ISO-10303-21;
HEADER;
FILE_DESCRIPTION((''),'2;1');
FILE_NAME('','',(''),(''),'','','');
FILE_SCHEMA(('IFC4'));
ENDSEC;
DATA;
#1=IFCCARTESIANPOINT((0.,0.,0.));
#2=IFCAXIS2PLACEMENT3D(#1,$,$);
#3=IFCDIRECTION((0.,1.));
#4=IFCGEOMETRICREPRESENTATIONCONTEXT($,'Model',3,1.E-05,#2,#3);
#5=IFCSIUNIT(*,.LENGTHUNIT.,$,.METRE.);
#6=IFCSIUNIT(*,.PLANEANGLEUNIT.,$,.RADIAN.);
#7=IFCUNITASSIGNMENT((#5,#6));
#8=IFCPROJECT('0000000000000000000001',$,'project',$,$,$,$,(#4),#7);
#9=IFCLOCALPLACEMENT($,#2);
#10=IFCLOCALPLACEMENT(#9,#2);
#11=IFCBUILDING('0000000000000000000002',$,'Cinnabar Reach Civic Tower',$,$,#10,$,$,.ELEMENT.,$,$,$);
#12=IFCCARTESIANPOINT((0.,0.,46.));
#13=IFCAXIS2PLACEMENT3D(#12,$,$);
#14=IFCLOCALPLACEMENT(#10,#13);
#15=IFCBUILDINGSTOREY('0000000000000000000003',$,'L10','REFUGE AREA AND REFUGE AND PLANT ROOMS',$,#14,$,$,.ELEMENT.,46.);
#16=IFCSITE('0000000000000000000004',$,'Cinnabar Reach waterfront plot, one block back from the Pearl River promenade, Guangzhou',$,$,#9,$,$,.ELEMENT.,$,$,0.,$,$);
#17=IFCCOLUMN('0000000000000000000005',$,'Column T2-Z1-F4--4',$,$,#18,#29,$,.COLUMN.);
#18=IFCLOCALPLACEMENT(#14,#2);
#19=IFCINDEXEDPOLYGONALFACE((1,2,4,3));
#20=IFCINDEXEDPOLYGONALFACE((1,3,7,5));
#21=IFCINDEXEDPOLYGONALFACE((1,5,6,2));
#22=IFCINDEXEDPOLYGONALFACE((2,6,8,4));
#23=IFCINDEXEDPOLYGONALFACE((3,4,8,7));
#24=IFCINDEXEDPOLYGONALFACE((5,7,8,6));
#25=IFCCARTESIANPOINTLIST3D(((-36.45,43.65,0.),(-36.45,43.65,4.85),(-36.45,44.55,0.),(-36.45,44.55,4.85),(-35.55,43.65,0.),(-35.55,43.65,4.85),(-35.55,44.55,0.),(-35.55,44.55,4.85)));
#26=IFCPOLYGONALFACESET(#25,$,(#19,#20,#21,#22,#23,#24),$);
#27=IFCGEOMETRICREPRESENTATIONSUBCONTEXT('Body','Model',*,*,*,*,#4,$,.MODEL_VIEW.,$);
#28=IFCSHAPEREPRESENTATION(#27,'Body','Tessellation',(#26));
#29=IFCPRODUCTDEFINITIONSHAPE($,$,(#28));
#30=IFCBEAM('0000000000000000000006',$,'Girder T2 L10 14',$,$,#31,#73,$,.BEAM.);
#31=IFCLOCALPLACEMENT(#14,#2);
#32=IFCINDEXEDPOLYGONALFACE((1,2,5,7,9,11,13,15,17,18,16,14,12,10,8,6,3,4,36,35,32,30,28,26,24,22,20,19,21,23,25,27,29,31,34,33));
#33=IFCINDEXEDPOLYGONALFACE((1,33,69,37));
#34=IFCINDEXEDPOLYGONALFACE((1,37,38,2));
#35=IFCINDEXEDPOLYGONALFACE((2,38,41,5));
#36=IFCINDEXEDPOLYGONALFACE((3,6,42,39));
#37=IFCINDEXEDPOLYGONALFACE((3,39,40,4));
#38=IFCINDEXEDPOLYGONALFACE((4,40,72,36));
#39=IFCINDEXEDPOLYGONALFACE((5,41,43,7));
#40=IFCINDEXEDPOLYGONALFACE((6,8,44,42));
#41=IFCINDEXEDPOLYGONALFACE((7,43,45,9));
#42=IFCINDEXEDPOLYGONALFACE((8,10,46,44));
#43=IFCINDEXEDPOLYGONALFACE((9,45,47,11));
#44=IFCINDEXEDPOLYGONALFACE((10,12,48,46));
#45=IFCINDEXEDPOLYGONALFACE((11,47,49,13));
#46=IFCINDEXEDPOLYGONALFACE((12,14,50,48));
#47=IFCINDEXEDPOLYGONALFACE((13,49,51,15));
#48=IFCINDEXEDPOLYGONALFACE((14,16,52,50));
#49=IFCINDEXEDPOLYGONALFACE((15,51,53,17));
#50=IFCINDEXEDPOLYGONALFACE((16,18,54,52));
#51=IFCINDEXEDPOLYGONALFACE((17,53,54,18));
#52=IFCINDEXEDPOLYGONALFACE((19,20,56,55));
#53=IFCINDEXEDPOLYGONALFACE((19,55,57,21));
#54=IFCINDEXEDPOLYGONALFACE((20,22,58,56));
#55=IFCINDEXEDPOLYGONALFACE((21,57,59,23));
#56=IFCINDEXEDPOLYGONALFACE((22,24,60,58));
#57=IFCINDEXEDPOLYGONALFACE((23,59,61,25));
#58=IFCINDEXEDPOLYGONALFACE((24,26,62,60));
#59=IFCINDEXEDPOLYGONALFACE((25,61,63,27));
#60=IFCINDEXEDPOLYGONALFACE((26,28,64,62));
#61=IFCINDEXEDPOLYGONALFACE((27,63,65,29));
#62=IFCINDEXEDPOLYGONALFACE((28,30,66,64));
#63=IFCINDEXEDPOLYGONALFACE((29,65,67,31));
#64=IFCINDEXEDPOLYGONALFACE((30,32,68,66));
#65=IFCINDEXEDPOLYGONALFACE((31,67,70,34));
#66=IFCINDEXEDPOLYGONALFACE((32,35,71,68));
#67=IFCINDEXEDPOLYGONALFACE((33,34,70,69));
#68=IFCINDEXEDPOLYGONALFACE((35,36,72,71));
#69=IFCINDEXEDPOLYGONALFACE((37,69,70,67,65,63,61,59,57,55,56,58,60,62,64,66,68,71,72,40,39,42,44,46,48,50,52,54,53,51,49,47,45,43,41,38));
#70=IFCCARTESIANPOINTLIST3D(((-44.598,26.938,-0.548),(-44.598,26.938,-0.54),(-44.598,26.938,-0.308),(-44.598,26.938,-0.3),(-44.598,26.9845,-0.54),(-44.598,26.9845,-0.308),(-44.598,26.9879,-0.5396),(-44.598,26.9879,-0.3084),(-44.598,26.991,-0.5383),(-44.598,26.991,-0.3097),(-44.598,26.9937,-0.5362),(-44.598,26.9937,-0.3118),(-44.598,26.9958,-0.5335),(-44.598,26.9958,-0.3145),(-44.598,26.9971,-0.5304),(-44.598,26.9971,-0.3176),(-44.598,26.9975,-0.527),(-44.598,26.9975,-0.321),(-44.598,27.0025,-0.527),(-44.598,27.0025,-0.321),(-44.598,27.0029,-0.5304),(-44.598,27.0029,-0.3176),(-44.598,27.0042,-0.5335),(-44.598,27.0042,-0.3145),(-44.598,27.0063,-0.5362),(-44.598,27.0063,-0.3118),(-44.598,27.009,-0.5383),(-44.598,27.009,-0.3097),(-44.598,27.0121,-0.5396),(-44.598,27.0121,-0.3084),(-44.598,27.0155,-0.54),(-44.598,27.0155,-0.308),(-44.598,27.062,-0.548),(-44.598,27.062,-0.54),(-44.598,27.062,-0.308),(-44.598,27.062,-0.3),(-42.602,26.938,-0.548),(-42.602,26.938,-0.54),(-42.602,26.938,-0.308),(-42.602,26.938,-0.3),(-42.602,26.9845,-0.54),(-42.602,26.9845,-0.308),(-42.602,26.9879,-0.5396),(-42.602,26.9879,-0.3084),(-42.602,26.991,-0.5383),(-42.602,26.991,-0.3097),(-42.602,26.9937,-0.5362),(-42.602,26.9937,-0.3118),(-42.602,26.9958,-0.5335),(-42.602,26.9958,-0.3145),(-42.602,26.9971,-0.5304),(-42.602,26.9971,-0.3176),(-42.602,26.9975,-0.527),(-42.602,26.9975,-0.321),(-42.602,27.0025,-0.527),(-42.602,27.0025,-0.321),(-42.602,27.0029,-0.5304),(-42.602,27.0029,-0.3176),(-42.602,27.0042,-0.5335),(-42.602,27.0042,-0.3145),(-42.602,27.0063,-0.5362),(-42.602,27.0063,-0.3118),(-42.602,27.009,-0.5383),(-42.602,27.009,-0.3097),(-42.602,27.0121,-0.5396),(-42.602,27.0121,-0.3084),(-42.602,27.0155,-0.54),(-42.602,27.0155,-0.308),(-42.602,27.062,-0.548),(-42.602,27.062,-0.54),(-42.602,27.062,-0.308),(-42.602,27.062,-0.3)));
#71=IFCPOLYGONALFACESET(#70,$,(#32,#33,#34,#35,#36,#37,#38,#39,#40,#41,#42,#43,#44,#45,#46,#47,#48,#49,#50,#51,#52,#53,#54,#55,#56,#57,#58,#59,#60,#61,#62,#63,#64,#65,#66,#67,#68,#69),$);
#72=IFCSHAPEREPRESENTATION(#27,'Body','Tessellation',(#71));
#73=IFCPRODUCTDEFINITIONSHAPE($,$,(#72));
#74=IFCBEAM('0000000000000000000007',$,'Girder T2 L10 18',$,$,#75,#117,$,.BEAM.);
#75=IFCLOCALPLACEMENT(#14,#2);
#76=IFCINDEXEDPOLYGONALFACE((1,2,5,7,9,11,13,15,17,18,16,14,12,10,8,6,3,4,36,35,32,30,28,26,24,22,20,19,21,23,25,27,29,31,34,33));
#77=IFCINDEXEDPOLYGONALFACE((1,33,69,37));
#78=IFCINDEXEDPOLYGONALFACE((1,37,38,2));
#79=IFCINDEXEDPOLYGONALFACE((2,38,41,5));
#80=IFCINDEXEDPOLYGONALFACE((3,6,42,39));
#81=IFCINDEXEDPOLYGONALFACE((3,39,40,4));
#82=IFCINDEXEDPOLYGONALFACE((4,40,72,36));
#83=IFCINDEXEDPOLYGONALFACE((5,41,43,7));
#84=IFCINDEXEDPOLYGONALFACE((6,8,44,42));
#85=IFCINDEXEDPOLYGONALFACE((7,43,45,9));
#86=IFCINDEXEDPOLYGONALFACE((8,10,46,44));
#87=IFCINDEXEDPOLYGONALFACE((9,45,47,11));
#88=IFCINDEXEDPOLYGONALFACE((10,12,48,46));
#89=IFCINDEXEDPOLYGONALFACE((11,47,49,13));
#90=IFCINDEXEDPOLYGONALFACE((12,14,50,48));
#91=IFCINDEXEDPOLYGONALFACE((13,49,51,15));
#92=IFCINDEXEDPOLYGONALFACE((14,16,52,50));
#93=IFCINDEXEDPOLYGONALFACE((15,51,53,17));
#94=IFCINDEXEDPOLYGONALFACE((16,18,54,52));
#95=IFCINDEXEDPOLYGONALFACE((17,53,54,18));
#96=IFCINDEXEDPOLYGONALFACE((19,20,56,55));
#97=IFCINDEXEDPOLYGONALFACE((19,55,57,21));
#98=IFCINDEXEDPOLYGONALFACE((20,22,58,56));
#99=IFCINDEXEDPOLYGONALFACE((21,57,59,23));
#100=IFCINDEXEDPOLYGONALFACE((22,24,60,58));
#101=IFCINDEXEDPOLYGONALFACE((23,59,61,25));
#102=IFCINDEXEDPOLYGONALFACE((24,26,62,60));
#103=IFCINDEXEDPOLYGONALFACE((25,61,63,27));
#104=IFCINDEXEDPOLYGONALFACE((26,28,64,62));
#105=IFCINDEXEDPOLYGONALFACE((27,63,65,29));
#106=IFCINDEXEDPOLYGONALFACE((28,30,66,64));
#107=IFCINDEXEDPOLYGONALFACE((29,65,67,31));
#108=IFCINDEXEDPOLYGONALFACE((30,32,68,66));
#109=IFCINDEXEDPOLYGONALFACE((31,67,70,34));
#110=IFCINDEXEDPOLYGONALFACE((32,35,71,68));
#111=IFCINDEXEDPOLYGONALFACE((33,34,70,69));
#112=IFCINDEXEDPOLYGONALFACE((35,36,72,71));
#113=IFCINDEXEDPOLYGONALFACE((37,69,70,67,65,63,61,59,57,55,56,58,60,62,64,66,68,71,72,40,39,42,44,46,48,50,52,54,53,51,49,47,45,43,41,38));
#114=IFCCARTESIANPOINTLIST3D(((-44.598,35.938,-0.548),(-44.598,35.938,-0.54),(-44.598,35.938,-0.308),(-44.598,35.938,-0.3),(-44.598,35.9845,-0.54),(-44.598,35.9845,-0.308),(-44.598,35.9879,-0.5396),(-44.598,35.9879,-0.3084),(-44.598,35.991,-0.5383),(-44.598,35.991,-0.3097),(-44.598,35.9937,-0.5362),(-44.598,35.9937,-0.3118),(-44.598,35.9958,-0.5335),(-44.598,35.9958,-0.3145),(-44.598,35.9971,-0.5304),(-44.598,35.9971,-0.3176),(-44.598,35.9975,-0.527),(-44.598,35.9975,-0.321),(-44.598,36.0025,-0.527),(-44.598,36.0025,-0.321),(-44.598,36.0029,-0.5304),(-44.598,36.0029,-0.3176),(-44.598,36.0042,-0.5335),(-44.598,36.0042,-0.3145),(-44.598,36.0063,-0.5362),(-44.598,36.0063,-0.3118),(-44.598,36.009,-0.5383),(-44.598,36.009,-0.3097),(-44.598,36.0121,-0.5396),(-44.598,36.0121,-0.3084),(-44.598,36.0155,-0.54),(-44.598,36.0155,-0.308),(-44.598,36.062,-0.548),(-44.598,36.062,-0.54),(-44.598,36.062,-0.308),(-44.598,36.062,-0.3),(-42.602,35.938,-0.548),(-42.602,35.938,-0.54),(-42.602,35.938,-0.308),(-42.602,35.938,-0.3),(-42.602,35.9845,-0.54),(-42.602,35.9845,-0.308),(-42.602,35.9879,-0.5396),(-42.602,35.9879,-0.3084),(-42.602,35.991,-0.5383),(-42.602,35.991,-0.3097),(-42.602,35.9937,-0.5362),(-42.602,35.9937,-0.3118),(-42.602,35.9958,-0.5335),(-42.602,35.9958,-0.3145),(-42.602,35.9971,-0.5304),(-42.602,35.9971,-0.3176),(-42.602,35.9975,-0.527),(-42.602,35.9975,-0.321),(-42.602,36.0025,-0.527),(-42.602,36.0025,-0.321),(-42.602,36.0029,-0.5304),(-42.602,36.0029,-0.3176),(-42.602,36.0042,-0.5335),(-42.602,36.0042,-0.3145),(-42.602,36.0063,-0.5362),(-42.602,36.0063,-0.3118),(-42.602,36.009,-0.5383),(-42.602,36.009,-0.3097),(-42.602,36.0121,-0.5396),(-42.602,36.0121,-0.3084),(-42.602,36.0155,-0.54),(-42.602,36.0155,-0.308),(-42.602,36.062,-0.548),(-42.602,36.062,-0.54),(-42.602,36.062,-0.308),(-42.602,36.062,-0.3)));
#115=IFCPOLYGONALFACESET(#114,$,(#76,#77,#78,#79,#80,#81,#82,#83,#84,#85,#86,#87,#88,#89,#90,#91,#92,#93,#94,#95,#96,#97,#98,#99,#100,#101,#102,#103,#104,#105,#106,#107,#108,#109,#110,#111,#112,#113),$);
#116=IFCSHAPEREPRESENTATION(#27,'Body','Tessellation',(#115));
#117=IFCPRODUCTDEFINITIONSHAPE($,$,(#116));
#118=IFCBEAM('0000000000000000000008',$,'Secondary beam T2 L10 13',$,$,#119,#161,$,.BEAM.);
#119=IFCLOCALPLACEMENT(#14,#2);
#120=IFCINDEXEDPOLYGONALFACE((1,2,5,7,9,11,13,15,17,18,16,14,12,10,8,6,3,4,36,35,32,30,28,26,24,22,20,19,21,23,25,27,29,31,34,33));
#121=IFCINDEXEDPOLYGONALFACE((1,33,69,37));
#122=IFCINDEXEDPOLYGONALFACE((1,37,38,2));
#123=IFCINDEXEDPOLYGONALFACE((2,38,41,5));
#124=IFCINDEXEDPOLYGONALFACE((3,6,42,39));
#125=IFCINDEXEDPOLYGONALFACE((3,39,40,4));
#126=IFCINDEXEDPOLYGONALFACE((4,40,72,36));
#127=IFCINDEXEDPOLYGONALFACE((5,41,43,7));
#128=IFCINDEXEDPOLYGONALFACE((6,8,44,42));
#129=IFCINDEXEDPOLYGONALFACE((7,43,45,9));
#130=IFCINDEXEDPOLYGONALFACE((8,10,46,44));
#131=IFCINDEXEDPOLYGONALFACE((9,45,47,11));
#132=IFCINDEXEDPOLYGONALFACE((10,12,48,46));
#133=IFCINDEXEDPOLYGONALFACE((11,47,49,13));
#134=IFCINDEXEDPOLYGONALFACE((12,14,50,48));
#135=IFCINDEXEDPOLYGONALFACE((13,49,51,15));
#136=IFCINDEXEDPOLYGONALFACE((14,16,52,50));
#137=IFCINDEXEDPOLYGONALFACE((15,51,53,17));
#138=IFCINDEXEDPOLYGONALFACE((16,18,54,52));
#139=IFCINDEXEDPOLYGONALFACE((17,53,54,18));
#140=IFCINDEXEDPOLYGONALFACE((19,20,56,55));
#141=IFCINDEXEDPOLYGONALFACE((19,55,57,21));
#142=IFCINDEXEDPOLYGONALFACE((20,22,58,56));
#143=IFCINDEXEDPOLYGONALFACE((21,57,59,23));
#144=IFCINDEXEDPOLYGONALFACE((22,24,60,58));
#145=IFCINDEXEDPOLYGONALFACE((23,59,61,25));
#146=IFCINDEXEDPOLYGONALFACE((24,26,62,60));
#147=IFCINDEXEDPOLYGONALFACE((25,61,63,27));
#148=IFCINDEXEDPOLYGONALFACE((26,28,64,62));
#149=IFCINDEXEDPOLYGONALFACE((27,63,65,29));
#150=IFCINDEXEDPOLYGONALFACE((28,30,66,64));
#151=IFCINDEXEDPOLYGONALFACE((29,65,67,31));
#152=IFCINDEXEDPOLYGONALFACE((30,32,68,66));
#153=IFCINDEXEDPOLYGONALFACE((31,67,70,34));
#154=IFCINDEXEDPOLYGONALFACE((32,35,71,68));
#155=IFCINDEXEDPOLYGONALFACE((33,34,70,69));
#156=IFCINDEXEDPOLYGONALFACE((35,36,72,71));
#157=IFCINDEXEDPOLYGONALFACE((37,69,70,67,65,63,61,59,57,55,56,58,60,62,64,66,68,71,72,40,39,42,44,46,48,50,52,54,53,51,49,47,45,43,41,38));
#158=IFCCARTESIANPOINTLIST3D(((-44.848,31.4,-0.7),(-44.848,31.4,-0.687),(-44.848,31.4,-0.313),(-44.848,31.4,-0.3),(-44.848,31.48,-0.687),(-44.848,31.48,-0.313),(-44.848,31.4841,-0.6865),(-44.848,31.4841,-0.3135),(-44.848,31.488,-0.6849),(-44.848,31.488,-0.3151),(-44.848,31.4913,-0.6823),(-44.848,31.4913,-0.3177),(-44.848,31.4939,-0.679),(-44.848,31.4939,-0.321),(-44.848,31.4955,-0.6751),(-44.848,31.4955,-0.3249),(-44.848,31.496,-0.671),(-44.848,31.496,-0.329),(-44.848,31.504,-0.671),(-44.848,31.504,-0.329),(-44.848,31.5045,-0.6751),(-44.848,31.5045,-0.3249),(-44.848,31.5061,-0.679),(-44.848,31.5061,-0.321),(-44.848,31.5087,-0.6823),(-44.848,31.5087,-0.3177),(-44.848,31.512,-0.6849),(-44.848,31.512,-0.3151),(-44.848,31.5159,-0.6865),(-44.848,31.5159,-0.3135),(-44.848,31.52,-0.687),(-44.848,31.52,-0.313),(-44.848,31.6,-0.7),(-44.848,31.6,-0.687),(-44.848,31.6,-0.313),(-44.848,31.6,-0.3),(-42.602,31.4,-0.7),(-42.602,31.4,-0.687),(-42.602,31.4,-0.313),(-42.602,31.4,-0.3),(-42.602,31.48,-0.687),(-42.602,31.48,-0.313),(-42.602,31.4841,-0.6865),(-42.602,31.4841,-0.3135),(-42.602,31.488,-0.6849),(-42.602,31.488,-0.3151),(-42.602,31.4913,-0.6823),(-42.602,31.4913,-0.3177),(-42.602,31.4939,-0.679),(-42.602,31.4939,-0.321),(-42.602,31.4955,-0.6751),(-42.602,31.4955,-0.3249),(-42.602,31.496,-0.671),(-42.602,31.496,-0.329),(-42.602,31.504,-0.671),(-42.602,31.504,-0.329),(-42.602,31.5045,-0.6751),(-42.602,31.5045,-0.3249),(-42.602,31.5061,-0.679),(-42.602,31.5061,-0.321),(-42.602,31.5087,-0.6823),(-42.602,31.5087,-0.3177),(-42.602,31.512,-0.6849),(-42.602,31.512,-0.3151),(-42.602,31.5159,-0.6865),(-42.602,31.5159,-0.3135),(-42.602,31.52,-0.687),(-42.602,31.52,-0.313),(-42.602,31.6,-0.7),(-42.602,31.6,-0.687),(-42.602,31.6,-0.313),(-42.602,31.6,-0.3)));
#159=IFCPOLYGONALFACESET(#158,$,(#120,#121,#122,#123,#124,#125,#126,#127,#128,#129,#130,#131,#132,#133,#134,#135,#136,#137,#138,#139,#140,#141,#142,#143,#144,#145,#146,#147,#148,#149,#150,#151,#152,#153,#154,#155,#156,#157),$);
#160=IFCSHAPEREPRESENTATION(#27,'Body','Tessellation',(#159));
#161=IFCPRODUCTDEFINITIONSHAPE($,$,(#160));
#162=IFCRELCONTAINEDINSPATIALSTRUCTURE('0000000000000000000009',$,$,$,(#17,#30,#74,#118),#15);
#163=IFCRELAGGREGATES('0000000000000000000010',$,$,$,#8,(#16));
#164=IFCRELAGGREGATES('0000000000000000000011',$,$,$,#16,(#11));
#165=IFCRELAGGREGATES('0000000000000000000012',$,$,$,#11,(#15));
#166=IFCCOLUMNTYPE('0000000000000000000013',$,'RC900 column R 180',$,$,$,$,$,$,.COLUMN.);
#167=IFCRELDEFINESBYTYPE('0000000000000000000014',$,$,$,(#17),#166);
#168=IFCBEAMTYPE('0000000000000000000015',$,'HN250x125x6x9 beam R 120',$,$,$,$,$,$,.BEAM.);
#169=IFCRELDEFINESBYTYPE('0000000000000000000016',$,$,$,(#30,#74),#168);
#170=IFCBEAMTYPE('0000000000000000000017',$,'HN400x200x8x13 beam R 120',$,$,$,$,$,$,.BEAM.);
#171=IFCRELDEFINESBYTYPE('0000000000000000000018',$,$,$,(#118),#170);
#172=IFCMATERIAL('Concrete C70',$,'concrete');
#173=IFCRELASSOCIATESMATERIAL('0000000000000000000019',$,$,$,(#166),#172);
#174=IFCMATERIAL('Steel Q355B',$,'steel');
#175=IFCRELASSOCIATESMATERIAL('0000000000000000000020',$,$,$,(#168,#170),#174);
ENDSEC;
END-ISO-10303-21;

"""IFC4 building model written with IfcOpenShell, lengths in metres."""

from ifc_helpers import new_model, si_unit, direction, frame, origin, origin_2d, place, context, subcontext, project, spatial, rectangle, i_section, extrude, material, material_profile, profile_set, type_object, element, save


model = new_model("IFC4")

# Units and contexts
model_context = context("Model", 3, precision=1e-05, world=origin(), true_north=direction((0.0, 1.0)))
body_context = subcontext(model_context, "Body", "Model", "MODEL_VIEW")
ifc_project = project(units=[si_unit("LENGTHUNIT", "METRE"), si_unit("PLANEANGLEUNIT", "RADIAN")], contexts=[model_context])

# Site, building, storey
site_placement = place(None, origin())
site = spatial("IfcSite", under=ifc_project, at=site_placement, Name="Cinnabar Reach waterfront plot, one block back from the Pearl River promenade, Guangzhou", CompositionType="ELEMENT", RefElevation=0.0)
building_placement = place(site_placement, origin())
building = spatial("IfcBuilding", under=site, at=building_placement, Name="Cinnabar Reach Civic Tower", CompositionType="ELEMENT")
storey_placement = place(building_placement, frame((0.0, 0.0, 46.0)))
storey = spatial("IfcBuildingStorey", under=building, at=storey_placement, Name="L10", Description="REFUGE AREA AND REFUGE AND PLANT ROOMS", CompositionType="ELEMENT", Elevation=46.0)

# Column
ifc_material_1 = material(Name="Concrete C70", Category="concrete")
ifc_material_profile_1 = material_profile(ifc_material_1, rectangle(XDim=0.9, YDim=0.9, at=origin_2d()), Name="RC900")
ifc_profile_set_1 = profile_set([ifc_material_profile_1], Name="Concrete C70")
column_type = type_object("IfcColumnType", Name="RC900 column R 180", PredefinedType="COLUMN", material=ifc_profile_set_1)
column_placement = place(storey_placement, frame((-36.0, 44.1, 0.0), z_axis=(0.0, 0.0, 1.0), x_axis=(1.0, 0.0, 0.0)))
element("IfcColumn", 1, at=column_placement, inside=storey, type_object=column_type, Name="Column T2-Z1-F4--4", PredefinedType="COLUMN", context=body_context, shape_type="SweptSolid", body=[
    extrude(rectangle(XDim=0.9, YDim=0.9, at=origin_2d()), origin(), (0.0, 0.0, 1.0), 4.85),
])

# Beams
ifc_material_2 = material(Name="Steel Q355B", Category="steel")
ifc_material_profile_2 = material_profile(ifc_material_2, i_section(OverallWidth=0.124, OverallDepth=0.248, WebThickness=0.005, FlangeThickness=0.008, FilletRadius=0.013, at=origin_2d()), Name="HN250x125x6x9")
ifc_profile_set_2 = profile_set([ifc_material_profile_2], Name="Steel Q355B")
beam_type_1 = type_object("IfcBeamType", Name="HN250x125x6x9 beam R 120", PredefinedType="BEAM", material=ifc_profile_set_2)
for number, where, z_axis, x_axis, name in (
    (2, (-44.598, 27.0, -0.424), (1.0, 0.0, 0.0), (0.0, 1.0, 0.0), "Girder T2 L10 14"),
    (3, (-44.598, 36.0, -0.424), (1.0, 0.0, 0.0), (0.0, 1.0, 0.0), "Girder T2 L10 18"),
):
    element("IfcBeam", number, at=place(storey_placement, frame(where, z_axis=z_axis, x_axis=x_axis)), inside=storey, type_object=beam_type_1, Name=name, PredefinedType="BEAM", context=body_context, shape_type="SweptSolid", body=[
        extrude(i_section(OverallWidth=0.124, OverallDepth=0.248, WebThickness=0.005, FlangeThickness=0.008, FilletRadius=0.013, at=origin_2d()), origin(), (0.0, 0.0, 1.0), 1.996),
    ])
ifc_material_profile_3 = material_profile(ifc_material_2, i_section(OverallWidth=0.2, OverallDepth=0.4, WebThickness=0.008, FlangeThickness=0.013, FilletRadius=0.016, at=origin_2d()), Name="HN400x200x8x13")
ifc_profile_set_3 = profile_set([ifc_material_profile_3], Name="Steel Q355B")
beam_type_2 = type_object("IfcBeamType", Name="HN400x200x8x13 beam R 120", PredefinedType="BEAM", material=ifc_profile_set_3)
for number, where, z_axis, x_axis, name in (
    (4, (-44.848, 31.5, -0.5), (1.0, 0.0, 0.0), (0.0, 1.0, 0.0), "Secondary beam T2 L10 13"),
):
    element("IfcBeam", number, at=place(storey_placement, frame(where, z_axis=z_axis, x_axis=x_axis)), inside=storey, type_object=beam_type_2, Name=name, PredefinedType="BEAM", context=body_context, shape_type="SweptSolid", body=[
        extrude(i_section(OverallWidth=0.2, OverallDepth=0.4, WebThickness=0.008, FlangeThickness=0.013, FilletRadius=0.016, at=origin_2d()), origin(), (0.0, 0.0, 1.0), 2.246),
    ])

save(model, "model.ifc")
